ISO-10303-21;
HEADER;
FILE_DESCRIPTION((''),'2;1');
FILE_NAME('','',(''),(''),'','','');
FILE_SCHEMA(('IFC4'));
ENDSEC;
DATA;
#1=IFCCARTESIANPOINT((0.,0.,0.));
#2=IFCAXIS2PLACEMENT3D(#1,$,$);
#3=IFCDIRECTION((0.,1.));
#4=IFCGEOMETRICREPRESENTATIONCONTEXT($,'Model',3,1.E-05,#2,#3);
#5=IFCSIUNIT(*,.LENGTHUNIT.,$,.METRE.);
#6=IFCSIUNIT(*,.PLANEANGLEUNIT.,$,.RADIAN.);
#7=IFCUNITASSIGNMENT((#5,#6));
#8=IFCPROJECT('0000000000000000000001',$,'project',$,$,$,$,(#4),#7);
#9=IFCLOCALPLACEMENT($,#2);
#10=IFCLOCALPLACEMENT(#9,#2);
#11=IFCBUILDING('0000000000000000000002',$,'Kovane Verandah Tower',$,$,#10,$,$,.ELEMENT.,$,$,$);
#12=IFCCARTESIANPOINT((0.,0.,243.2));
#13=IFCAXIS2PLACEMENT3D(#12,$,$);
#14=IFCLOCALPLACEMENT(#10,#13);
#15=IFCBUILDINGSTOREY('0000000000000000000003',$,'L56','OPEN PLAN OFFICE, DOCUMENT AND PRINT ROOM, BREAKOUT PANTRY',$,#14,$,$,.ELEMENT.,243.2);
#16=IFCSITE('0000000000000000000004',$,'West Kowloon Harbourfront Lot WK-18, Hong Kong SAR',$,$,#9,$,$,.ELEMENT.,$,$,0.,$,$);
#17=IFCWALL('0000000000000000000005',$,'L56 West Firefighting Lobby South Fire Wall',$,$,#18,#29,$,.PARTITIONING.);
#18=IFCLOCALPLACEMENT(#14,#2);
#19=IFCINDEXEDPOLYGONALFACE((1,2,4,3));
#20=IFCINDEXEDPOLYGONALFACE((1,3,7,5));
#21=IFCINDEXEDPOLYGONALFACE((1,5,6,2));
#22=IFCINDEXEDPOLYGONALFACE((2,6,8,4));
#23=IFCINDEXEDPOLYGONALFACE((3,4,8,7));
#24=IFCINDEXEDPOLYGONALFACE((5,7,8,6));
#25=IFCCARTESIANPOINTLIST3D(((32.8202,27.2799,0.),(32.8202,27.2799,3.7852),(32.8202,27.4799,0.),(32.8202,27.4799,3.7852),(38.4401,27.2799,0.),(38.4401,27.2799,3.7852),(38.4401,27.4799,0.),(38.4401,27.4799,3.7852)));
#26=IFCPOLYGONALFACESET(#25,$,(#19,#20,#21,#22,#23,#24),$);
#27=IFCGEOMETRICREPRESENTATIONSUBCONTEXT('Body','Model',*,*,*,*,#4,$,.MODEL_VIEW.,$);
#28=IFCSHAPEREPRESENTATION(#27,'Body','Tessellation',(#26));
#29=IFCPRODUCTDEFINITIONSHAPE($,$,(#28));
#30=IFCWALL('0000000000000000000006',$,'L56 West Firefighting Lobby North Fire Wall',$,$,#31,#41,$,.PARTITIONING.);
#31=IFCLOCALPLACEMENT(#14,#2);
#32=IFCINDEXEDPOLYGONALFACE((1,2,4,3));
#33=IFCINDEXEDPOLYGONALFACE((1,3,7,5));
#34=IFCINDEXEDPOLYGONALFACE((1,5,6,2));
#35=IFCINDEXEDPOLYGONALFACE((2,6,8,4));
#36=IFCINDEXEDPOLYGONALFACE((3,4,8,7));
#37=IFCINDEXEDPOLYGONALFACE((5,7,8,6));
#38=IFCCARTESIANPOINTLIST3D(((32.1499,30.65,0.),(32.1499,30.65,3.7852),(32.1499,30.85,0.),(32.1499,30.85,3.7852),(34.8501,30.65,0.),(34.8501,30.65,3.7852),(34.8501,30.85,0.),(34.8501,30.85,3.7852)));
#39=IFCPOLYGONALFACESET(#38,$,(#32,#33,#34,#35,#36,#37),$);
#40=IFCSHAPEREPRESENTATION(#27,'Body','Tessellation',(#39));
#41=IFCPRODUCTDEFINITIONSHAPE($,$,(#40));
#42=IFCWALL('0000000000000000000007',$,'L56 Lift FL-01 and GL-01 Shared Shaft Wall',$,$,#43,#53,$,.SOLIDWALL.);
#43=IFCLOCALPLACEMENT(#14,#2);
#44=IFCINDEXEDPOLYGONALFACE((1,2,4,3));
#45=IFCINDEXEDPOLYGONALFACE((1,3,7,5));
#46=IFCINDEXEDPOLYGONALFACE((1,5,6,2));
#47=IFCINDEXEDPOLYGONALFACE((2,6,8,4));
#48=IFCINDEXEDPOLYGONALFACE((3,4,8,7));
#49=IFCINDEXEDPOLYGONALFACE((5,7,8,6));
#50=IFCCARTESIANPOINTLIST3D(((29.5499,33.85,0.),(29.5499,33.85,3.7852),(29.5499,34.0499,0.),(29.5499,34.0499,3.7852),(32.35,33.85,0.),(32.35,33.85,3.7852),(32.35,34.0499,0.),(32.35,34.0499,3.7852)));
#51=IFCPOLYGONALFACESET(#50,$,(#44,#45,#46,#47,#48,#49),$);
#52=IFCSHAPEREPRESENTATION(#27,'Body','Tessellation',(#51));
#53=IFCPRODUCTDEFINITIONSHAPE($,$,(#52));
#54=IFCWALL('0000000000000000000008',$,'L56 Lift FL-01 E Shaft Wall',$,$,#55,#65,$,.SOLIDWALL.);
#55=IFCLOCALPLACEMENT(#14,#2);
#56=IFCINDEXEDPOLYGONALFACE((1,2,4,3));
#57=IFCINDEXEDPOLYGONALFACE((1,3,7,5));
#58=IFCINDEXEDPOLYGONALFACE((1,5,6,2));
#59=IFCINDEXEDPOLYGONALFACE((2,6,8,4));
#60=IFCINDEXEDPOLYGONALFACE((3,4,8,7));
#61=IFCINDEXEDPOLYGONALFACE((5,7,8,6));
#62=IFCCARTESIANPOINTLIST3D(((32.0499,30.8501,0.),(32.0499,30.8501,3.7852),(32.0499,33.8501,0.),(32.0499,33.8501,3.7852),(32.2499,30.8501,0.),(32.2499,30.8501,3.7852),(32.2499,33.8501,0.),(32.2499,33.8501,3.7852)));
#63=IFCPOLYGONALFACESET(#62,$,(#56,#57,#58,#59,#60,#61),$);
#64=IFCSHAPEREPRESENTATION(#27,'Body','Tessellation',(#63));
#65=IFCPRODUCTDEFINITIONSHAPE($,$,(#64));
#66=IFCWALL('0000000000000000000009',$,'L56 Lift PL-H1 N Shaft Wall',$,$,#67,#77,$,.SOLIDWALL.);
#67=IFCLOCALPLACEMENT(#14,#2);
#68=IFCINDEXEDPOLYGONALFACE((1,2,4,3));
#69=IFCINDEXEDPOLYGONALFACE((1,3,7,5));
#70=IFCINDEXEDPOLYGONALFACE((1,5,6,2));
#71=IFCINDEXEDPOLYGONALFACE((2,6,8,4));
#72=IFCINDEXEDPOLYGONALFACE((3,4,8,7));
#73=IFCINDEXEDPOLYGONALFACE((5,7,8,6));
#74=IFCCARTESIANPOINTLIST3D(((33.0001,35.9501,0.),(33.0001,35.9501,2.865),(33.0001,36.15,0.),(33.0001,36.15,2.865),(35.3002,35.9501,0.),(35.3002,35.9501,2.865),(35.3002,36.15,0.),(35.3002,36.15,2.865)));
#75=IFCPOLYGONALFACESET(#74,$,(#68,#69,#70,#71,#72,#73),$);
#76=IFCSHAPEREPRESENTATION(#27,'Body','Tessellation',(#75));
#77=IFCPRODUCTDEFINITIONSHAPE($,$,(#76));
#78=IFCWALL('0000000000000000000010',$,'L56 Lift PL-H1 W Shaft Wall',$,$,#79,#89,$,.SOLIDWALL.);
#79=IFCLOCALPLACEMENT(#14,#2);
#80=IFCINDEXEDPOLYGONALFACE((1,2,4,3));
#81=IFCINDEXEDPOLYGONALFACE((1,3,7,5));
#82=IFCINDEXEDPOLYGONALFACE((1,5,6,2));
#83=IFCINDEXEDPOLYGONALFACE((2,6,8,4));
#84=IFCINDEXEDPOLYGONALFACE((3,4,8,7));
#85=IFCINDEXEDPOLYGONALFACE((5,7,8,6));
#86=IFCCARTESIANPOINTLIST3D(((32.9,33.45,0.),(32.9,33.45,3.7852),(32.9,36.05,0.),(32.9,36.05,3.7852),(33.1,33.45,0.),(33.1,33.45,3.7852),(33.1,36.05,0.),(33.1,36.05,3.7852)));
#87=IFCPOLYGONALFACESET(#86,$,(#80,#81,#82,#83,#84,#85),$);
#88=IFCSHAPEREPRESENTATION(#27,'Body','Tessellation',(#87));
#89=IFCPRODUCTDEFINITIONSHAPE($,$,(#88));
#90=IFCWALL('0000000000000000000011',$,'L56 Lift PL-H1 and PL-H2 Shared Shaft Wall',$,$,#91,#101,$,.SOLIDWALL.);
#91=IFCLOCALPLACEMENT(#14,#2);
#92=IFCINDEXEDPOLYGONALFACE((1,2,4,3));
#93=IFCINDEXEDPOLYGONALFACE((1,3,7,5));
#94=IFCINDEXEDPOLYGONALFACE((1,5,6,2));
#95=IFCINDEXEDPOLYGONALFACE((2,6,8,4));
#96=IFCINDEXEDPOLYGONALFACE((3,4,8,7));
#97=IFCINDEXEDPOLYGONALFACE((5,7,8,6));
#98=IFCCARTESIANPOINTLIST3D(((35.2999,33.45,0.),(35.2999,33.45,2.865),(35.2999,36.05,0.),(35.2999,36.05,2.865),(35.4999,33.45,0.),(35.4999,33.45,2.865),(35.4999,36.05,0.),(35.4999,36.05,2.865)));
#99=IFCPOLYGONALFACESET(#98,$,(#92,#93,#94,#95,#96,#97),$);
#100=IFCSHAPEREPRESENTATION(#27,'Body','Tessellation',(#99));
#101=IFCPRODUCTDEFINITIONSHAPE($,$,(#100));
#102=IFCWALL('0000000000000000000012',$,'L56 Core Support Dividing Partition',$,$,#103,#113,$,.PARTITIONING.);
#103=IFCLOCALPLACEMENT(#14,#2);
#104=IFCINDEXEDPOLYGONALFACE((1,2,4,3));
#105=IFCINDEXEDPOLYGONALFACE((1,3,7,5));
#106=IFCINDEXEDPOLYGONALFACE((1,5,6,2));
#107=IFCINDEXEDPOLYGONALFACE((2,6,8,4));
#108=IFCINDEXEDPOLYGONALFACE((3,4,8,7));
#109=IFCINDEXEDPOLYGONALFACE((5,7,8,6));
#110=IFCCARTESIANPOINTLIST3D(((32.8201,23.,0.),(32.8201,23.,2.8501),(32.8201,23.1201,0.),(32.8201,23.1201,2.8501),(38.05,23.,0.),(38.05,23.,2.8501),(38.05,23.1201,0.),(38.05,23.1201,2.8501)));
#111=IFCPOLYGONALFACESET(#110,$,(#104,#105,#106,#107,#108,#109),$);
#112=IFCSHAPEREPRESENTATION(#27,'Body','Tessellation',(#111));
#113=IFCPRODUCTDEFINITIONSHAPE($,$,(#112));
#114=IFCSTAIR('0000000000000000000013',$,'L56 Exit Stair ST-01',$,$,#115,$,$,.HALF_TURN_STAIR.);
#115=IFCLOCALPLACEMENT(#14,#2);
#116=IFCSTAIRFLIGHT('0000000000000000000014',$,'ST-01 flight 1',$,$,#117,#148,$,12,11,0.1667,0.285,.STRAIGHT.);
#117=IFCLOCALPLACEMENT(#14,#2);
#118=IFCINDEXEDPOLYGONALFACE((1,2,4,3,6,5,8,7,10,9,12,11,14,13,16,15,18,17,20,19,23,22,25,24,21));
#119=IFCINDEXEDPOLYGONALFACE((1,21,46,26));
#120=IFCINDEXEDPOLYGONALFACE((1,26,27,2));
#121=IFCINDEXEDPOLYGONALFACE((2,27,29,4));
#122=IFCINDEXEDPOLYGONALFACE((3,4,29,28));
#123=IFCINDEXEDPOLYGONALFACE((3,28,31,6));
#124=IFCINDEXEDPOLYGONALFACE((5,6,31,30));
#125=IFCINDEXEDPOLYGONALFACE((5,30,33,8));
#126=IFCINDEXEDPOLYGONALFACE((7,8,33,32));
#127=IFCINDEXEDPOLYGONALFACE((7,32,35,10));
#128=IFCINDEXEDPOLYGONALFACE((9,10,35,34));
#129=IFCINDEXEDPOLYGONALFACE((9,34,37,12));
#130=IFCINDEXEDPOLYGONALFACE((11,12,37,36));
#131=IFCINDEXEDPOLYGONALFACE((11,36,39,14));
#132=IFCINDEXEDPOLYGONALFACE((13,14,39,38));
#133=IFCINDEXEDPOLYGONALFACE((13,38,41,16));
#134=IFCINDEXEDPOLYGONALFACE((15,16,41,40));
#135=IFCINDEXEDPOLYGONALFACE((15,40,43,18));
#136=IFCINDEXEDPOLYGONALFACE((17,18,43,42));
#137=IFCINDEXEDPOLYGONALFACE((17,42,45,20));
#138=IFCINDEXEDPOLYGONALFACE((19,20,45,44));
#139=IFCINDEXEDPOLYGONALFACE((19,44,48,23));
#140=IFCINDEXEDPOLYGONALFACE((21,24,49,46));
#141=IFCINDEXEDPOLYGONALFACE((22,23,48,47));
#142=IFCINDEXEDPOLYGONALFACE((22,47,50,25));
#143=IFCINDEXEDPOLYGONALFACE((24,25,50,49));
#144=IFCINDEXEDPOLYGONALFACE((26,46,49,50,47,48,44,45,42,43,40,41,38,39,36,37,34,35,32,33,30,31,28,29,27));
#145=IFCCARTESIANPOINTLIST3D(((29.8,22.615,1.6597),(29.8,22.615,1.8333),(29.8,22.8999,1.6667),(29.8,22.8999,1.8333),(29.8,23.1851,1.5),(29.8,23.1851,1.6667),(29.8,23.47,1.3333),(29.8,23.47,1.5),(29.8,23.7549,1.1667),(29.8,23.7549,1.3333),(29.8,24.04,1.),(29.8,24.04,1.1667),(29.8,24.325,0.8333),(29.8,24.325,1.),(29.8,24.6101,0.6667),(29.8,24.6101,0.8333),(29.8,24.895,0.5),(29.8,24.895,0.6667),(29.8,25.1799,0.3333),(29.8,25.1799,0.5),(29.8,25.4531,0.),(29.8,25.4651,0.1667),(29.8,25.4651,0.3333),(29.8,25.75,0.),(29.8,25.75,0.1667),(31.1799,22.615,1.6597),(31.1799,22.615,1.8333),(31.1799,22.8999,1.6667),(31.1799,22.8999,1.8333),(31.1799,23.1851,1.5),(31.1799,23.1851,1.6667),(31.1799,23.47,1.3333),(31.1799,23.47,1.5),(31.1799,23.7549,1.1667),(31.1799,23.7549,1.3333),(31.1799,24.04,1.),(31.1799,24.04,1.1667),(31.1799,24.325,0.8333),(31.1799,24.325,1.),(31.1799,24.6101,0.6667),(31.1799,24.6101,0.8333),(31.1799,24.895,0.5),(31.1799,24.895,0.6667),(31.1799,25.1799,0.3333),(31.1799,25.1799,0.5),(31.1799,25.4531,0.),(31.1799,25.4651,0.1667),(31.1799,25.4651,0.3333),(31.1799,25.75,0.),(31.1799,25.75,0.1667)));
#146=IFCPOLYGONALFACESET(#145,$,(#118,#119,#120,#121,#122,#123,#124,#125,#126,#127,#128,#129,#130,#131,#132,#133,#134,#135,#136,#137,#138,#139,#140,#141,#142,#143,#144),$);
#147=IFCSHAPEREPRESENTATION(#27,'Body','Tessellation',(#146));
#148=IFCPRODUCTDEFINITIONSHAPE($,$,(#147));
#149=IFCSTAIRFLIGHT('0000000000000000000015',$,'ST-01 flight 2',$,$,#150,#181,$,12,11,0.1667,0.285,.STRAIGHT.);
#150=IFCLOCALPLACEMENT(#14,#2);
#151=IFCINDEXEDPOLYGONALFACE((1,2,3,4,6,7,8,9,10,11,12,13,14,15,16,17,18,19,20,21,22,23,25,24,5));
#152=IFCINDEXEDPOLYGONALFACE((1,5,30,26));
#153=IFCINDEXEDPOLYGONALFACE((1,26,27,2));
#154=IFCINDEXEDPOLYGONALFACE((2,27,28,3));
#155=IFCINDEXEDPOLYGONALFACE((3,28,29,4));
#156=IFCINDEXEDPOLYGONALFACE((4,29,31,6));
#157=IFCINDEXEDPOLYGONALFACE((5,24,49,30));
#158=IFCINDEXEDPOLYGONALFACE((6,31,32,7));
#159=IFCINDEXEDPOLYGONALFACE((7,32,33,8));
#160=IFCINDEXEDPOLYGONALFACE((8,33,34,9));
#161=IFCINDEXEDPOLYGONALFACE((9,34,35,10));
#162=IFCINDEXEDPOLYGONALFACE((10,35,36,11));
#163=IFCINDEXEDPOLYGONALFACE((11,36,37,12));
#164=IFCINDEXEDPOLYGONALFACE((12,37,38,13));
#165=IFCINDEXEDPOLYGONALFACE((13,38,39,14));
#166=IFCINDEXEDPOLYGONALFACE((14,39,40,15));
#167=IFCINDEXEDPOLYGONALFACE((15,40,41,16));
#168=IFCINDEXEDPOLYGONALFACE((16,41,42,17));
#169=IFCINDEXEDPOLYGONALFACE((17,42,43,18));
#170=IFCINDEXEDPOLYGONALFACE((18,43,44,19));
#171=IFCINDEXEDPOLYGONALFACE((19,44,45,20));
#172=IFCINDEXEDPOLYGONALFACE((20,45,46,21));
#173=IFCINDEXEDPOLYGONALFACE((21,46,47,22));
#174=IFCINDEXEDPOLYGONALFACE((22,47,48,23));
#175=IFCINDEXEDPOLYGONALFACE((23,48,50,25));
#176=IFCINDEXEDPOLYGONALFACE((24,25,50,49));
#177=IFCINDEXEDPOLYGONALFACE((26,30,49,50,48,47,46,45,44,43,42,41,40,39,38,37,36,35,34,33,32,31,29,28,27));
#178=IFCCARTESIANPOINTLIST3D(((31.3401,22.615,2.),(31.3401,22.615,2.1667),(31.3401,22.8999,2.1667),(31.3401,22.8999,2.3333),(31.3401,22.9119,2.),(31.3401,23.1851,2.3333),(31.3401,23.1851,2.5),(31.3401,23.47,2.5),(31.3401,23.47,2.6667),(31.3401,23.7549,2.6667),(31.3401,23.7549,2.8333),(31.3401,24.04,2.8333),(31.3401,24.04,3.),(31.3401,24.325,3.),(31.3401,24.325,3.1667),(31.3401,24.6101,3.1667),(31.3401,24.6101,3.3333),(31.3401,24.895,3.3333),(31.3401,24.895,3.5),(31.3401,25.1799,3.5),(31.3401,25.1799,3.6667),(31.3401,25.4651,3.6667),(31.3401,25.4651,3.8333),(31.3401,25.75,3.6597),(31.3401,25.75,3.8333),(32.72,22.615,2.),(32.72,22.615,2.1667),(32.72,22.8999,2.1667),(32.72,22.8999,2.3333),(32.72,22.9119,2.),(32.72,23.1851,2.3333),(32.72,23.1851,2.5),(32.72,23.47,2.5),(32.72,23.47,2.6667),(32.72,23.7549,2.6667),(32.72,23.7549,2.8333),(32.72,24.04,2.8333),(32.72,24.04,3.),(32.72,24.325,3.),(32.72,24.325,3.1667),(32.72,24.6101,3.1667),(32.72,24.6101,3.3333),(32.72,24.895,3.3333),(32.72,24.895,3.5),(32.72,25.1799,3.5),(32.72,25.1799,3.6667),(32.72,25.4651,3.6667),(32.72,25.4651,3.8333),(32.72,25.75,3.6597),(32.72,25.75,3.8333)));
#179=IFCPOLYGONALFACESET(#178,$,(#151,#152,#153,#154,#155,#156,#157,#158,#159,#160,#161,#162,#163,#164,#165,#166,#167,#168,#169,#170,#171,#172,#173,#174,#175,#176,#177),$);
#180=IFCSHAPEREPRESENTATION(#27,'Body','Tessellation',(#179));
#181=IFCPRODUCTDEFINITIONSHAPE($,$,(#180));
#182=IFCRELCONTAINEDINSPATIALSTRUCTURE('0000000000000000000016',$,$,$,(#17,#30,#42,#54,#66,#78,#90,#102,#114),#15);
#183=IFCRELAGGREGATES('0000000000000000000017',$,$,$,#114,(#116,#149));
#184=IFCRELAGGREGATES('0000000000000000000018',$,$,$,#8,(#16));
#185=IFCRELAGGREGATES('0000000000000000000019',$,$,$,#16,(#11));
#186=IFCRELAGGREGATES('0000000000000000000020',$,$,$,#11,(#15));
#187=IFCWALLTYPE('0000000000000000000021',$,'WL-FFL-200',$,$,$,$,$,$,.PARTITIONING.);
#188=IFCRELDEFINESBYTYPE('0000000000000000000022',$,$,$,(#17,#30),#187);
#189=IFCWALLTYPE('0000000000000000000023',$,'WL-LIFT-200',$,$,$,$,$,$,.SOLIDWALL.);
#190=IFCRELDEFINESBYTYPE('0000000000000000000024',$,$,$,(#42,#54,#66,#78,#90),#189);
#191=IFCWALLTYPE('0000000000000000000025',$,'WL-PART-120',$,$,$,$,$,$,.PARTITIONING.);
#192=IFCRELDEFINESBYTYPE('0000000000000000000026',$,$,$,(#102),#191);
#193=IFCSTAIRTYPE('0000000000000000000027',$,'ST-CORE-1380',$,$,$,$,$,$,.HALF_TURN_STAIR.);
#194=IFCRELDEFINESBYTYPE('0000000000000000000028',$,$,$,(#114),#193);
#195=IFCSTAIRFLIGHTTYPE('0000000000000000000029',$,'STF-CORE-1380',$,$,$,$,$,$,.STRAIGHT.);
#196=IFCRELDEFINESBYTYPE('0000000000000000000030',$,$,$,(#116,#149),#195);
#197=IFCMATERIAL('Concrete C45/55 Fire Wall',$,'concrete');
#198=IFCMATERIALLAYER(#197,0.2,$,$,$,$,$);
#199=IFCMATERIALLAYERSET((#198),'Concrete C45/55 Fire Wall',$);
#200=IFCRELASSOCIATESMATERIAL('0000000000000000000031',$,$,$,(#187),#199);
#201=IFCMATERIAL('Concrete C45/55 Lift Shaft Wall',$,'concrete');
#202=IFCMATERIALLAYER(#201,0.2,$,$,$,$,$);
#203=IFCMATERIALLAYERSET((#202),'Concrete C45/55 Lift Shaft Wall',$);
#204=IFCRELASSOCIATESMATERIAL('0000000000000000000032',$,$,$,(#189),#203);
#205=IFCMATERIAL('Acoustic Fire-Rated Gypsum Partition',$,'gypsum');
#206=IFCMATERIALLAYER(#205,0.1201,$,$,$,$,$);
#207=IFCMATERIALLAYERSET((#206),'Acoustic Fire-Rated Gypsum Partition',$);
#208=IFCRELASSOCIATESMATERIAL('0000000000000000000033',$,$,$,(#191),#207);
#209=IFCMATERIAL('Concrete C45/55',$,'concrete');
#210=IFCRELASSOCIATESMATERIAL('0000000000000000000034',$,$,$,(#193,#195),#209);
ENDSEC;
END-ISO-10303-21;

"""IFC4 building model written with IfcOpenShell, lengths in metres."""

from ifc_helpers import new_model, si_unit, direction, frame, frame_2d, origin, place, context, subcontext, project, spatial, polyline, rectangle, outline, extrude, material, layer, layer_set, type_object, element, aggregate, save


model = new_model("IFC4")

# Units and contexts
model_context = context("Model", 3, precision=1e-05, world=origin(), true_north=direction((0.0, 1.0)))
body_context = subcontext(model_context, "Body", "Model", "MODEL_VIEW")
ifc_project = project(units=[si_unit("LENGTHUNIT", "METRE"), si_unit("PLANEANGLEUNIT", "RADIAN")], contexts=[model_context])

# Site, building, storey
site_placement = place(None, origin())
site = spatial("IfcSite", under=ifc_project, at=site_placement, Name="West Kowloon Harbourfront Lot WK-18, Hong Kong SAR", CompositionType="ELEMENT", RefElevation=0.0)
building_placement = place(site_placement, origin())
building = spatial("IfcBuilding", under=site, at=building_placement, Name="Kovane Verandah Tower", CompositionType="ELEMENT")
storey_placement = place(building_placement, frame((0.0, 0.0, 243.2)))
storey = spatial("IfcBuildingStorey", under=building, at=storey_placement, Name="L56", Description="OPEN PLAN OFFICE, DOCUMENT AND PRINT ROOM, BREAKOUT PANTRY", CompositionType="ELEMENT", Elevation=243.2)

# Shared definitions
ifc_material_1 = material(Name="Concrete C45/55 Fire Wall", Category="concrete")
ifc_layer_1 = layer(ifc_material_1, 0.2)
ifc_layer_set_1 = layer_set([ifc_layer_1], Name="Concrete C45/55 Fire Wall")
wall_type_1 = type_object("IfcWallType", Name="WL-FFL-200", PredefinedType="PARTITIONING", material=ifc_layer_set_1)

# Walls
wall_1_placement = place(storey_placement, frame((32.8201, 27.3799, 0.0), z_axis=(0.0, 0.0, 1.0), x_axis=(1.0, 0.0, 0.0)))
element("IfcWall", 1, at=wall_1_placement, inside=storey, type_object=wall_type_1, Name="L56 West Firefighting Lobby South Fire Wall", PredefinedType="PARTITIONING", context=body_context, shape_type="SweptSolid", body=[
    extrude(rectangle(XDim=5.6199, YDim=0.2, at=frame_2d((2.8101, 0.0))), origin(), (0.0, 0.0, 1.0), 3.7852),
])
wall_2_placement = place(storey_placement, frame((32.1499, 30.75, 0.0), z_axis=(0.0, 0.0, 1.0), x_axis=(1.0, 0.0, 0.0)))
element("IfcWall", 2, at=wall_2_placement, inside=storey, type_object=wall_type_1, Name="L56 West Firefighting Lobby North Fire Wall", PredefinedType="PARTITIONING", context=body_context, shape_type="SweptSolid", body=[
    extrude(rectangle(XDim=2.7002, YDim=0.2, at=frame_2d((1.3501, 0.0))), origin(), (0.0, 0.0, 1.0), 3.7852),
])

# Shared definitions
ifc_material_2 = material(Name="Concrete C45/55 Lift Shaft Wall", Category="concrete")
ifc_layer_2 = layer(ifc_material_2, 0.2)
ifc_layer_set_2 = layer_set([ifc_layer_2], Name="Concrete C45/55 Lift Shaft Wall")
wall_type_2 = type_object("IfcWallType", Name="WL-LIFT-200", PredefinedType="SOLIDWALL", material=ifc_layer_set_2)

# Walls
wall_3_placement = place(storey_placement, frame((29.55, 33.95, 0.0), z_axis=(0.0, 0.0, 1.0), x_axis=(1.0, 0.0, 0.0)))
element("IfcWall", 3, at=wall_3_placement, inside=storey, type_object=wall_type_2, Name="L56 Lift FL-01 and GL-01 Shared Shaft Wall", PredefinedType="SOLIDWALL", context=body_context, shape_type="SweptSolid", body=[
    extrude(rectangle(XDim=2.8, YDim=0.2, at=frame_2d((1.3999, 0.0))), origin(), (0.0, 0.0, 1.0), 3.7852),
])
wall_4_placement = place(storey_placement, frame((32.1499, 30.8501, 0.0), z_axis=(0.0, 0.0, 1.0), x_axis=(0.0, 1.0, 0.0)))
element("IfcWall", 4, at=wall_4_placement, inside=storey, type_object=wall_type_2, Name="L56 Lift FL-01 E Shaft Wall", PredefinedType="SOLIDWALL", context=body_context, shape_type="SweptSolid", body=[
    extrude(rectangle(XDim=3.0, YDim=0.2, at=frame_2d((1.5, 0.0))), origin(), (0.0, 0.0, 1.0), 3.7852),
])

# Walls
wall_5_placement = place(storey_placement, frame((35.3, 36.05, 0.0), z_axis=(0.0, 0.0, 1.0), x_axis=(-1.0, 0.0, 0.0)))
element("IfcWall", 5, at=wall_5_placement, inside=storey, type_object=wall_type_2, Name="L56 Lift PL-H1 N Shaft Wall", PredefinedType="SOLIDWALL", context=body_context, shape_type="SweptSolid", body=[
    extrude(rectangle(XDim=2.3, YDim=0.2, at=frame_2d((1.1499, 0.0))), origin(), (0.0, 0.0, 1.0), 2.865),
])
wall_6_placement = place(storey_placement, frame((33.0, 36.05, 0.0), z_axis=(0.0, 0.0, 1.0), x_axis=(0.0, -1.0, 0.0)))
element("IfcWall", 6, at=wall_6_placement, inside=storey, type_object=wall_type_2, Name="L56 Lift PL-H1 W Shaft Wall", PredefinedType="SOLIDWALL", context=body_context, shape_type="SweptSolid", body=[
    extrude(rectangle(XDim=2.6001, YDim=0.2, at=frame_2d((1.3, 0.0))), origin(), (0.0, 0.0, 1.0), 3.7852),
])
wall_7_placement = place(storey_placement, frame((35.3999, 33.45, 0.0), z_axis=(0.0, 0.0, 1.0), x_axis=(0.0, 1.0, 0.0)))
element("IfcWall", 7, at=wall_7_placement, inside=storey, type_object=wall_type_2, Name="L56 Lift PL-H1 and PL-H2 Shared Shaft Wall", PredefinedType="SOLIDWALL", context=body_context, shape_type="SweptSolid", body=[
    extrude(rectangle(XDim=2.6001, YDim=0.2, at=frame_2d((1.3, 0.0))), origin(), (0.0, 0.0, 1.0), 2.865),
])
ifc_material_3 = material(Name="Acoustic Fire-Rated Gypsum Partition", Category="gypsum")
ifc_layer_3 = layer(ifc_material_3, 0.1201)
ifc_layer_set_3 = layer_set([ifc_layer_3], Name="Acoustic Fire-Rated Gypsum Partition")
wall_type_3 = type_object("IfcWallType", Name="WL-PART-120", PredefinedType="PARTITIONING", material=ifc_layer_set_3)
wall_8_placement = place(storey_placement, frame((32.8201, 23.0601, 0.0), z_axis=(0.0, 0.0, 1.0), x_axis=(1.0, 0.0, 0.0)))
element("IfcWall", 8, at=wall_8_placement, inside=storey, type_object=wall_type_3, Name="L56 Core Support Dividing Partition", PredefinedType="PARTITIONING", context=body_context, shape_type="SweptSolid", body=[
    extrude(rectangle(XDim=5.23, YDim=0.1201, at=frame_2d((2.615, 0.0))), origin(), (0.0, 0.0, 1.0), 2.8501),
])

# Shared definitions
ifc_material_4 = material(Name="Concrete C45/55", Category="concrete")

# Stair, stair flights
stair_type = type_object("IfcStairType", Name="ST-CORE-1380", PredefinedType="HALF_TURN_STAIR", material=ifc_material_4)
stair_placement = place(storey_placement, origin())
stair = element("IfcStair", 9, at=stair_placement, inside=storey, type_object=stair_type, Name="L56 Exit Stair ST-01", PredefinedType="HALF_TURN_STAIR")
stair_flight_type = type_object("IfcStairFlightType", Name="STF-CORE-1380", PredefinedType="STRAIGHT", material=ifc_material_4)
stair_flight_1_placement = place(storey_placement, frame((30.49, 25.75, 0.0), z_axis=(0.0, 0.0, 1.0), x_axis=(0.0, -1.0, 0.0)))
stair_flight_1 = element("IfcStairFlight", 10, at=stair_flight_1_placement, type_object=stair_flight_type, Name="ST-01 flight 1", NumberOfRisers=12, NumberOfTreads=11, PredefinedType="STRAIGHT", RiserHeight=0.1667, TreadLength=0.285, context=body_context, shape_type="SweptSolid", body=[
    extrude(outline(polyline([(0.0, 0.0), (0.0, 0.1667), (0.2849, 0.1667), (0.2849, 0.3333), (0.5701, 0.3333), (0.5701, 0.5), (0.855, 0.5), (0.855, 0.6667), (1.1399, 0.6667), (1.1399, 0.8333), (1.425, 0.8333), (1.425, 1.0), (1.71, 1.0), (1.71, 1.1667), (1.9951, 1.1667), (1.9951, 1.3333), (2.28, 1.3333), (2.28, 1.5), (2.5649, 1.5), (2.5649, 1.6667), (2.8501, 1.6667), (2.8501, 1.8333), (3.135, 1.8333), (3.135, 2.0), (3.135, 1.6597), (0.2969, 0.0), (0.0, 0.0)])), frame((0.0, 0.6899, 0.0), z_axis=(0.0, -1.0, 0.0), x_axis=(1.0, 0.0, 0.0)), (0.0, 0.0, 1.0), 1.3799),
])
stair_flight_2_placement = place(storey_placement, frame((32.03, 22.615, 2.0), z_axis=(0.0, 0.0, 1.0), x_axis=(0.0, 1.0, 0.0)))
stair_flight_2 = element("IfcStairFlight", 11, at=stair_flight_2_placement, type_object=stair_flight_type, Name="ST-01 flight 2", NumberOfRisers=12, NumberOfTreads=11, PredefinedType="STRAIGHT", RiserHeight=0.1667, TreadLength=0.285, context=body_context, shape_type="SweptSolid", body=[
    extrude(outline(polyline([(0.0, 0.0), (0.0, 0.1667), (0.2849, 0.1667), (0.2849, 0.3333), (0.5701, 0.3333), (0.5701, 0.5), (0.855, 0.5), (0.855, 0.6667), (1.1399, 0.6667), (1.1399, 0.8333), (1.425, 0.8333), (1.425, 1.0), (1.71, 1.0), (1.71, 1.1667), (1.9951, 1.1667), (1.9951, 1.3333), (2.28, 1.3333), (2.28, 1.5), (2.5649, 1.5), (2.5649, 1.6667), (2.8501, 1.6667), (2.8501, 1.8333), (3.135, 1.8333), (3.135, 2.0), (3.135, 1.6597), (0.2969, 0.0), (0.0, 0.0)])), frame((0.0, 0.6899, 0.0), z_axis=(0.0, -1.0, 0.0), x_axis=(1.0, 0.0, 0.0)), (0.0, 0.0, 1.0), 1.3799),
])
aggregate(stair, [stair_flight_1, stair_flight_2])

save(model, "model.ifc")
